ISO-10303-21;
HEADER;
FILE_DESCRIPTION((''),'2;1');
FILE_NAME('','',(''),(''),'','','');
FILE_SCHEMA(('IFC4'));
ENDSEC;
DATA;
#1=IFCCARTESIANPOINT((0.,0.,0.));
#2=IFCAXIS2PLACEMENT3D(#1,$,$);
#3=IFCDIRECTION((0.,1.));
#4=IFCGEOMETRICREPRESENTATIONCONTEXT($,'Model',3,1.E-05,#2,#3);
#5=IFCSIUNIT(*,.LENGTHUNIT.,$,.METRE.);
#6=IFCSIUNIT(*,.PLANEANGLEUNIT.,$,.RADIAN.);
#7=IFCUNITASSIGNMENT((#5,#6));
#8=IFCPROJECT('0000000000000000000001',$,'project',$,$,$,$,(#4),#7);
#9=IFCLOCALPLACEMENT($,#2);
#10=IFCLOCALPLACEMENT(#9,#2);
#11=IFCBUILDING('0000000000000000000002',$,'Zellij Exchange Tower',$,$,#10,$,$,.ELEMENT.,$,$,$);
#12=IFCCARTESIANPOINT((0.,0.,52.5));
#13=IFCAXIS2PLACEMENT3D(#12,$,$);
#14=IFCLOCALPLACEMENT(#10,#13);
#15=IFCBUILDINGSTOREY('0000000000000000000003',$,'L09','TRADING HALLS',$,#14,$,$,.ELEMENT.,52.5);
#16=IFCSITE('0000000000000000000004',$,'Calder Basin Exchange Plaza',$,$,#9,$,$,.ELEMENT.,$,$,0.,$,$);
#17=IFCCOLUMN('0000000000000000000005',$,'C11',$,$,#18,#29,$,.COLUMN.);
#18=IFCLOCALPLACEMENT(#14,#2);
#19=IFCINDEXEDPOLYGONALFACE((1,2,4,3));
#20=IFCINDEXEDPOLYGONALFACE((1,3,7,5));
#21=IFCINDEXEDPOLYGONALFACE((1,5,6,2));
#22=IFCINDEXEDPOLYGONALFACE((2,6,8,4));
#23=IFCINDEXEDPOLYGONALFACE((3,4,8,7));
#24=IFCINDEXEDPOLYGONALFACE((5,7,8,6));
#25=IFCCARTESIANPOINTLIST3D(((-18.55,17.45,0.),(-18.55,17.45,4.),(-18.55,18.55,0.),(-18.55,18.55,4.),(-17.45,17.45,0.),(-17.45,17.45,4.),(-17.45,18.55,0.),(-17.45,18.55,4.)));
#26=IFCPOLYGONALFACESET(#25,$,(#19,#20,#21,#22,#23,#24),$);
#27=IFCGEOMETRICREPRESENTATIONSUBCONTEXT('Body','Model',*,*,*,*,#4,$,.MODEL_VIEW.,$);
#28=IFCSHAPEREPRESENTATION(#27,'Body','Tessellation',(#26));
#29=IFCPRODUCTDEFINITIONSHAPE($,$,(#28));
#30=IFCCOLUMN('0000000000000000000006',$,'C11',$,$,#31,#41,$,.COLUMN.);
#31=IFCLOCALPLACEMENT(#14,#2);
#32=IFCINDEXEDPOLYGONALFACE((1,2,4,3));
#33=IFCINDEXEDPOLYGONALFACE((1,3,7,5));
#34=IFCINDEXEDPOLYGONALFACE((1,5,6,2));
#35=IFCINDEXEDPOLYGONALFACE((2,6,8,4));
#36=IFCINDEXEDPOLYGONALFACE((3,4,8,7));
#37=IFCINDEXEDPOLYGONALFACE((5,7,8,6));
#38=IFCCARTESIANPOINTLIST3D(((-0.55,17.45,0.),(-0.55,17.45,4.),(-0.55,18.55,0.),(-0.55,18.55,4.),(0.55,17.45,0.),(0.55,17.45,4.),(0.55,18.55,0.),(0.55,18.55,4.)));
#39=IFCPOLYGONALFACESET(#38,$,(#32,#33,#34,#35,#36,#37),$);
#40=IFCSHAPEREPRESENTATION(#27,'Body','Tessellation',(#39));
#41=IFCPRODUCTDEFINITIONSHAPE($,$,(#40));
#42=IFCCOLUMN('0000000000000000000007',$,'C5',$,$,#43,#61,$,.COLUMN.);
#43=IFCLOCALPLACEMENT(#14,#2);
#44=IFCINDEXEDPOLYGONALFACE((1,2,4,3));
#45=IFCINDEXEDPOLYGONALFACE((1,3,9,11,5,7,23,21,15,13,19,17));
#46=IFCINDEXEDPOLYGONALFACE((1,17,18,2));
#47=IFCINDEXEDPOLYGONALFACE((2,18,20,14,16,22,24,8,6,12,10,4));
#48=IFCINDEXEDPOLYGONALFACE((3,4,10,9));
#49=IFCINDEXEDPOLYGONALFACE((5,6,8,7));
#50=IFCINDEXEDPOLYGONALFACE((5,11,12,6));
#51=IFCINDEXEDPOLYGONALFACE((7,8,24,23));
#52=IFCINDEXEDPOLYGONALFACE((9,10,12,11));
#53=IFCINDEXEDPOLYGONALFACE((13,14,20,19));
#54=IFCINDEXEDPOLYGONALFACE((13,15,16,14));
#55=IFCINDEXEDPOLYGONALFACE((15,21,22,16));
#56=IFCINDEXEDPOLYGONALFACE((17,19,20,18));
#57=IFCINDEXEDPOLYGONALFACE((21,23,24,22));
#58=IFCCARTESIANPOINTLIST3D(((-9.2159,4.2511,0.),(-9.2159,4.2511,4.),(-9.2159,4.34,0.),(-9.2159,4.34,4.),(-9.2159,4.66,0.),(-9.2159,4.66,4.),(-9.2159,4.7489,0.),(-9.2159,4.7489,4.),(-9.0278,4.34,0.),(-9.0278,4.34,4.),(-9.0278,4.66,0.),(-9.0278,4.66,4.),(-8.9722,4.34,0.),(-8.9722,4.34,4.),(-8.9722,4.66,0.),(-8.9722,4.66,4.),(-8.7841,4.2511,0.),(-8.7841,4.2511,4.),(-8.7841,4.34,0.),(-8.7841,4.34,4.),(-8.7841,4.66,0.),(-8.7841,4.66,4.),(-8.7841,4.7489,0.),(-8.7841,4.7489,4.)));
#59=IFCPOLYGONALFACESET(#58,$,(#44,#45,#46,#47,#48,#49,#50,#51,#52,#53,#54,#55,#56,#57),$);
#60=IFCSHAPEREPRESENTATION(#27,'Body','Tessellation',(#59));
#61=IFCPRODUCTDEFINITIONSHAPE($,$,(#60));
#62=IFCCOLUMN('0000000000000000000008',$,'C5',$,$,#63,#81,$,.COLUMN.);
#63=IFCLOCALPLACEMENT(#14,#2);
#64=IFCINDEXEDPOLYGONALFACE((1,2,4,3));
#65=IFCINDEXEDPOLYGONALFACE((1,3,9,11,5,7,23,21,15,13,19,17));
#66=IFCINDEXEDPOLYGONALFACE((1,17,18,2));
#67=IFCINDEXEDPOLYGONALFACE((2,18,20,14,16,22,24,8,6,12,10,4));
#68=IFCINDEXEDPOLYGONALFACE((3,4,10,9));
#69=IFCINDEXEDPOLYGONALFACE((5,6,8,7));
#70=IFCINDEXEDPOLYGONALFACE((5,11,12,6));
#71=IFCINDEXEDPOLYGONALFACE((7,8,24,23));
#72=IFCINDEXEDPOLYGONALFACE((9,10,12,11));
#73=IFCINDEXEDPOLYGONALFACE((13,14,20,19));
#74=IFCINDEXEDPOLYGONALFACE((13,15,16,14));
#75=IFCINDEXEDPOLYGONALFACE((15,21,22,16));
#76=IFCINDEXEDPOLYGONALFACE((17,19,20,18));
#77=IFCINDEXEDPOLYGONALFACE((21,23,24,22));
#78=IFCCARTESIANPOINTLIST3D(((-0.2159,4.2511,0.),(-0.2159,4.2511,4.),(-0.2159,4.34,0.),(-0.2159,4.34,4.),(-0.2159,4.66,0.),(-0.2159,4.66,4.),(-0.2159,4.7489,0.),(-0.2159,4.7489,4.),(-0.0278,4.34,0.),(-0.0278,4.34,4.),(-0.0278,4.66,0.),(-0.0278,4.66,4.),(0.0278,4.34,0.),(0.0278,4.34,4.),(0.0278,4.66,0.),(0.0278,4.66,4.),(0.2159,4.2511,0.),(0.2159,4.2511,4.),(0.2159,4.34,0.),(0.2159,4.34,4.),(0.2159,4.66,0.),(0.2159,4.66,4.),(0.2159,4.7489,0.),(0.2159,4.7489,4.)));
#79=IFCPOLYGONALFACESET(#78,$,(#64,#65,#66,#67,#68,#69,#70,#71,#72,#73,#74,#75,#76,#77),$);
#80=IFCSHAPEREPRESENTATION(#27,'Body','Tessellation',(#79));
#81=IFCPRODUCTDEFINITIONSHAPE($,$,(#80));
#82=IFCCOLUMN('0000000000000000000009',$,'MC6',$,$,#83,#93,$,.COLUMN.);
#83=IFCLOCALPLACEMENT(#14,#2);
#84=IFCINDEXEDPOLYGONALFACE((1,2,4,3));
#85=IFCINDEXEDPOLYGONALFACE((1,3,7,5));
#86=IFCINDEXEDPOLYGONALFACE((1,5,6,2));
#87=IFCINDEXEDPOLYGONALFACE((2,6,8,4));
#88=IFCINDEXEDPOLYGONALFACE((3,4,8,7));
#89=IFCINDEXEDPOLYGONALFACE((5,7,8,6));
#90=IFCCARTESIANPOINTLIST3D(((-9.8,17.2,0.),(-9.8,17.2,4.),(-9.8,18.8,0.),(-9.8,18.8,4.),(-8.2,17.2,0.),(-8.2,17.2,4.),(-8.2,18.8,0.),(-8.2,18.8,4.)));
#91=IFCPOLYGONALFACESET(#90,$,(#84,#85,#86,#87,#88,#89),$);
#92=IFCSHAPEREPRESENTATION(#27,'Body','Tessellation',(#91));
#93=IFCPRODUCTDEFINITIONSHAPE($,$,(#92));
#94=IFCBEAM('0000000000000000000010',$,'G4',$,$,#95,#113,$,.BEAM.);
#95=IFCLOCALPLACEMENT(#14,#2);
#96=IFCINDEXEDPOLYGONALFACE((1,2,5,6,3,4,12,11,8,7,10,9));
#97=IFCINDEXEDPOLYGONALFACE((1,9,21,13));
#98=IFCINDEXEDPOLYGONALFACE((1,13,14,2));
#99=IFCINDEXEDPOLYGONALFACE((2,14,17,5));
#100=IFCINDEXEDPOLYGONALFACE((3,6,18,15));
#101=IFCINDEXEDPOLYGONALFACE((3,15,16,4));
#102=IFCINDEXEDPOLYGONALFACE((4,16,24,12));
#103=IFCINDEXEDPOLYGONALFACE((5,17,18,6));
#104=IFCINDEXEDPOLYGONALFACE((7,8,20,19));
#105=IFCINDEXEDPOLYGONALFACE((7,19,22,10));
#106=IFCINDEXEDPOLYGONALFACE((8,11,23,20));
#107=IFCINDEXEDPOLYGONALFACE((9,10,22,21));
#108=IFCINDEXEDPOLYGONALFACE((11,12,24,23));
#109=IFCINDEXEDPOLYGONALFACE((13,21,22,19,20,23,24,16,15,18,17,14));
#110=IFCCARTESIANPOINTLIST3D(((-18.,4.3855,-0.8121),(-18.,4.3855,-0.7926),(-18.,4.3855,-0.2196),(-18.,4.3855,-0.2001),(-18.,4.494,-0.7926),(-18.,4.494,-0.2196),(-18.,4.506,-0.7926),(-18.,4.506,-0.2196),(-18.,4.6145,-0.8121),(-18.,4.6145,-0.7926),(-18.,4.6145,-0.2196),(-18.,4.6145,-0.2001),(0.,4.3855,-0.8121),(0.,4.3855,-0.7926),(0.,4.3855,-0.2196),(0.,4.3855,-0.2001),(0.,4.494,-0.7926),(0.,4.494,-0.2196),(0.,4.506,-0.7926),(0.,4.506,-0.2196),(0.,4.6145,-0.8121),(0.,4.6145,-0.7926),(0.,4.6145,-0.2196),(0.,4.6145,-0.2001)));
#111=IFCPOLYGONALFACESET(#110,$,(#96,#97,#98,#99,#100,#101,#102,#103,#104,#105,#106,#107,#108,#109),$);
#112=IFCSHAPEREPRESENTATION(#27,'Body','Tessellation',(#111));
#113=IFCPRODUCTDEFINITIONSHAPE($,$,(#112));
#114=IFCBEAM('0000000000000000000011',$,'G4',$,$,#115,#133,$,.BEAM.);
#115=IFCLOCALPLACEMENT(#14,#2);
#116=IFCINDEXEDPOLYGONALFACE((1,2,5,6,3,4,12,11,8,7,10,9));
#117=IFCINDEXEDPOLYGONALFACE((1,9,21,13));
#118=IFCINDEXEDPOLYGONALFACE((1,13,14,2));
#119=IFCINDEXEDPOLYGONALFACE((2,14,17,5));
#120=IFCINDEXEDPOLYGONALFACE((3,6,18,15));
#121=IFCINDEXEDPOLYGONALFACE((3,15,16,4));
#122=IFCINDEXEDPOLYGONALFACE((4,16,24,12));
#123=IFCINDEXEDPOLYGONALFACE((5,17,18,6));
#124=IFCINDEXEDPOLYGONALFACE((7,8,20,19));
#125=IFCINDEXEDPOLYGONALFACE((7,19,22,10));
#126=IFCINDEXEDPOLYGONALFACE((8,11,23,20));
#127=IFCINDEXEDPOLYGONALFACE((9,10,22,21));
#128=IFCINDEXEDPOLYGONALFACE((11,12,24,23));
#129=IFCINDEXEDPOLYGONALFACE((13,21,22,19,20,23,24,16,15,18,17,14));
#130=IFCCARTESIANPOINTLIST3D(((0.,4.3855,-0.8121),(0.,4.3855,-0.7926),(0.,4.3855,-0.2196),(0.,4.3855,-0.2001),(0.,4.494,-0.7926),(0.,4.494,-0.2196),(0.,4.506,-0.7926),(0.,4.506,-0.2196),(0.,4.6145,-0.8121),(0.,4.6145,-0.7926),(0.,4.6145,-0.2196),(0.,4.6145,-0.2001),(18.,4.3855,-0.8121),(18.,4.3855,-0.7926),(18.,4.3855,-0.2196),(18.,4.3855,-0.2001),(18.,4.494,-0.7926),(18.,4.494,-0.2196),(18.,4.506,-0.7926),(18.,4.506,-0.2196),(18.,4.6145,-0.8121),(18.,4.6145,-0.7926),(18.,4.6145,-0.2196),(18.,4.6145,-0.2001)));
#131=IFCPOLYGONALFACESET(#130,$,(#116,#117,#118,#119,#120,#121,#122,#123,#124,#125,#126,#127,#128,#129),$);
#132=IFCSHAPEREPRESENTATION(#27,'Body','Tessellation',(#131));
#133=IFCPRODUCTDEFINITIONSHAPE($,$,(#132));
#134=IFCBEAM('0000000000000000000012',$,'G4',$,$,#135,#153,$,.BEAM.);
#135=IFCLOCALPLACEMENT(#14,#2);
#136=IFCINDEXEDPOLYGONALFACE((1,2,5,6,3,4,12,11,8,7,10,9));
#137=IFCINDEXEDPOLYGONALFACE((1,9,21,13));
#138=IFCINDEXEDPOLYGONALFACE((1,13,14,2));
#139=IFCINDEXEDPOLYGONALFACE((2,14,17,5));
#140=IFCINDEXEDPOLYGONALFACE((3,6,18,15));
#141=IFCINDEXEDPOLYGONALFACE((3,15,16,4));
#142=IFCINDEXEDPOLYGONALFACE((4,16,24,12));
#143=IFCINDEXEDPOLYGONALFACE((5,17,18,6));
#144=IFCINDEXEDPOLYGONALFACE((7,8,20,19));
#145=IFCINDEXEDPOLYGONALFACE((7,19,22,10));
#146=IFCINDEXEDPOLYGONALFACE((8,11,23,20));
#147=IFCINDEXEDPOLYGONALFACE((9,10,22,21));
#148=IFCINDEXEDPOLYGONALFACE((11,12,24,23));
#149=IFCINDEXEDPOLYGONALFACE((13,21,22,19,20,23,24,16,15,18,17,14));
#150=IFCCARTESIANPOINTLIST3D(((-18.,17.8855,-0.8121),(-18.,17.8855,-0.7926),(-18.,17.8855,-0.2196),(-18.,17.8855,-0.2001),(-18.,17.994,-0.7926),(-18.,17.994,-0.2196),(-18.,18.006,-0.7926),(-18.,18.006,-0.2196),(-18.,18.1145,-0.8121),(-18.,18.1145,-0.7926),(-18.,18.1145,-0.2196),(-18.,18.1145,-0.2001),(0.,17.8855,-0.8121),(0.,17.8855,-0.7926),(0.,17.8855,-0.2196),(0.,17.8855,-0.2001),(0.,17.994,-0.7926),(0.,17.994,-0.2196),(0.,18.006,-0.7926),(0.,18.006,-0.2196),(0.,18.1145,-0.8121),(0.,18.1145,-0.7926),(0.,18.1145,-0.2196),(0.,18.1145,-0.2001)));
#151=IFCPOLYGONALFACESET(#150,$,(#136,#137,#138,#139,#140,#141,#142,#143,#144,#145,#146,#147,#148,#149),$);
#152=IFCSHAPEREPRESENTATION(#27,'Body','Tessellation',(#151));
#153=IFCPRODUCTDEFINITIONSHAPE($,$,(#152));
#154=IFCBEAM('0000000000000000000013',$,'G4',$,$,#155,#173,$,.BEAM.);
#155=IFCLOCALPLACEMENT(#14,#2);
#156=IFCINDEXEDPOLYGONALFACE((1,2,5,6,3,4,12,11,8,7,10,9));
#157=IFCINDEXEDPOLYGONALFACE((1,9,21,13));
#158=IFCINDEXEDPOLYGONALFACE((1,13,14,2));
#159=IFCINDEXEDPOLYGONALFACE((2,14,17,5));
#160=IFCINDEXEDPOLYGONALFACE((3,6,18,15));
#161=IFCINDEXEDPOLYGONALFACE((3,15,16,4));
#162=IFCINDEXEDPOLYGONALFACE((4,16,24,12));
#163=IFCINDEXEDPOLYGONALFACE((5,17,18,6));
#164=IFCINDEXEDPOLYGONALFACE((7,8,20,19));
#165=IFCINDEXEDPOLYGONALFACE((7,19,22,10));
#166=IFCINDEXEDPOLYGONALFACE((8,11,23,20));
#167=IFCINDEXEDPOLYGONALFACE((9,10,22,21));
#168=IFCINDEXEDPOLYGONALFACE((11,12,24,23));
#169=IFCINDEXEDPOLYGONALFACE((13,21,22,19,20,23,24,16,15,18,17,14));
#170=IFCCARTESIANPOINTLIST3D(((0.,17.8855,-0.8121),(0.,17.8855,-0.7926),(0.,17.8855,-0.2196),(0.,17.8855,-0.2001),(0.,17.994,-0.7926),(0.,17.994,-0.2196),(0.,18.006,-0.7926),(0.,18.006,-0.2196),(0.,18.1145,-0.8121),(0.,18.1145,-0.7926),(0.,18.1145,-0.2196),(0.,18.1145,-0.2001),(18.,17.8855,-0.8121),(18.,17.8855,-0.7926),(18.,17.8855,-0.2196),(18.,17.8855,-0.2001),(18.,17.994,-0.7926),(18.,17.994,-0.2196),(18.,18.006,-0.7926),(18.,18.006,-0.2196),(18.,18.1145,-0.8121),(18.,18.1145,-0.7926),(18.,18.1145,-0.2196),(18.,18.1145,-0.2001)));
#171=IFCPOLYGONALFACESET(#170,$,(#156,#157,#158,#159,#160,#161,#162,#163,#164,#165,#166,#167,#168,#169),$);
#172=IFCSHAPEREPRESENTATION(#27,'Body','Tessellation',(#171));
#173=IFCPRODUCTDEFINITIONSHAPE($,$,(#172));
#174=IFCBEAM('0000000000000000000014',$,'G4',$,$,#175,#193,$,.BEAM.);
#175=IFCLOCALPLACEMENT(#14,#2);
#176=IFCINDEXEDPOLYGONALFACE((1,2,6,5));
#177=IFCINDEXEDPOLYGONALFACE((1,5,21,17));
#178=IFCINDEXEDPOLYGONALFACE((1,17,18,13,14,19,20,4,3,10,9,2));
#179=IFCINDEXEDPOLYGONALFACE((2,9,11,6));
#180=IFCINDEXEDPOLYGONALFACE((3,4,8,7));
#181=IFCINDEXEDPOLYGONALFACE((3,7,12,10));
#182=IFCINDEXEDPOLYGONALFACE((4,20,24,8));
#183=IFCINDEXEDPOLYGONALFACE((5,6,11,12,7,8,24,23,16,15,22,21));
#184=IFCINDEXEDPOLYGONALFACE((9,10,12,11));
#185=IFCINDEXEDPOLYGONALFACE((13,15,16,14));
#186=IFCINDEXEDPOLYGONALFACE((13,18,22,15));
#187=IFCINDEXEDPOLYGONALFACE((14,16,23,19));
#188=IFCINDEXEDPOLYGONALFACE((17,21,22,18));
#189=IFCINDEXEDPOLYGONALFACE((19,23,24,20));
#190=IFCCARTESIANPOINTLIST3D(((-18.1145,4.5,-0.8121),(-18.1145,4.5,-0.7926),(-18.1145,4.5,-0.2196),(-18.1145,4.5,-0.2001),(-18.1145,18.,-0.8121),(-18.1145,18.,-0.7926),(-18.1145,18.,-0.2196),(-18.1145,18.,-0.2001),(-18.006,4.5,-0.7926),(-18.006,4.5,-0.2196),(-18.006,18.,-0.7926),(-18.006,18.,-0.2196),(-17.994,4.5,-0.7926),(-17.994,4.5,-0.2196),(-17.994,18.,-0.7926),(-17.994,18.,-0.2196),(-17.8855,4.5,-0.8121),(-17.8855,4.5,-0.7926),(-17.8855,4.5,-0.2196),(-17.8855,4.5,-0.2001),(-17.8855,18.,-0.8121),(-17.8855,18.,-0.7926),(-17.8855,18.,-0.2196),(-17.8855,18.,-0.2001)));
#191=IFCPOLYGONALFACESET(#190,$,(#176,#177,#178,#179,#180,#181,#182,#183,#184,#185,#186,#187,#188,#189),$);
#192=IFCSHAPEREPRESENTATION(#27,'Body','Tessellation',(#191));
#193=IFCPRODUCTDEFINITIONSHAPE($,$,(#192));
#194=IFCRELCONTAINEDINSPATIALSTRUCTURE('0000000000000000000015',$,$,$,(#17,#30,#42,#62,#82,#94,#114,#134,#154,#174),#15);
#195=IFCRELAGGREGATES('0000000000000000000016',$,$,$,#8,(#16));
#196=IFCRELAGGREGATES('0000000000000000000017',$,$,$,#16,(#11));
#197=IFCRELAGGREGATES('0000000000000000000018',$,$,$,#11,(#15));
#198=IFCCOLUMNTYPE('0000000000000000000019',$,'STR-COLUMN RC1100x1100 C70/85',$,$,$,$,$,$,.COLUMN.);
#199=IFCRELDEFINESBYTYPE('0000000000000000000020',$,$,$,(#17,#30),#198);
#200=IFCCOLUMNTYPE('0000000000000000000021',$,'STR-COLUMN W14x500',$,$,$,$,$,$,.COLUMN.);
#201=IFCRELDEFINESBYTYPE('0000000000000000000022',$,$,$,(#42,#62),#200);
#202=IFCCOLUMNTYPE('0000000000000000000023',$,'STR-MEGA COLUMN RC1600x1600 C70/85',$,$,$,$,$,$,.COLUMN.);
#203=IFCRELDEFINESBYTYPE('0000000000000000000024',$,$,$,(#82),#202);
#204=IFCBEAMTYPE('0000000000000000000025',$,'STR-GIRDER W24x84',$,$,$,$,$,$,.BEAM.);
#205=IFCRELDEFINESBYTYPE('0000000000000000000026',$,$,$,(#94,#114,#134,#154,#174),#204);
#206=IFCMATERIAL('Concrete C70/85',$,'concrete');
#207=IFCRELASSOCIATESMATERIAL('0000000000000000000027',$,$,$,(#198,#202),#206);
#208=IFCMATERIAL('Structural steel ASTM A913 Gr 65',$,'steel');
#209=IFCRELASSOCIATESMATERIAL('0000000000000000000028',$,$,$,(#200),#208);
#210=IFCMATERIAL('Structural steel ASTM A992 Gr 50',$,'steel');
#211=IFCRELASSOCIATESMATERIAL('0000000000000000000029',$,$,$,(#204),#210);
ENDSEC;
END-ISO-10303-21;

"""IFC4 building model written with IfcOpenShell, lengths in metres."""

from ifc_helpers import new_model, si_unit, direction, frame, origin, origin_2d, place, context, subcontext, project, spatial, rectangle, i_section, extrude, material, material_profile, profile_set, type_object, element, save


model = new_model("IFC4")

# Units and contexts
model_context = context("Model", 3, precision=1e-05, world=origin(), true_north=direction((0.0, 1.0)))
body_context = subcontext(model_context, "Body", "Model", "MODEL_VIEW")
ifc_project = project(units=[si_unit("LENGTHUNIT", "METRE"), si_unit("PLANEANGLEUNIT", "RADIAN")], contexts=[model_context])

# Site, building, storey
site_placement = place(None, origin())
site = spatial("IfcSite", under=ifc_project, at=site_placement, Name="Calder Basin Exchange Plaza", CompositionType="ELEMENT", RefElevation=0.0)
building_placement = place(site_placement, origin())
building = spatial("IfcBuilding", under=site, at=building_placement, Name="Zellij Exchange Tower", CompositionType="ELEMENT")
storey_placement = place(building_placement, frame((0.0, 0.0, 52.5)))
storey = spatial("IfcBuildingStorey", under=building, at=storey_placement, Name="L09", Description="TRADING HALLS", CompositionType="ELEMENT", Elevation=52.5)

# Columns
ifc_material_1 = material(Name="Concrete C70/85", Category="concrete")
ifc_material_profile_1 = material_profile(ifc_material_1, rectangle(XDim=1.1001, YDim=1.1001, at=origin_2d()), Name="STR-COLUMN RC1100x1100 C70/85")
ifc_profile_set_1 = profile_set([ifc_material_profile_1], Name="Concrete C70/85")
column_type_1 = type_object("IfcColumnType", Name="STR-COLUMN RC1100x1100 C70/85", PredefinedType="COLUMN", material=ifc_profile_set_1)
for number, where, z_axis, x_axis, name in (
    (1, (-18.0, 18.0, 0.0), (0.0, 0.0, 1.0), (1.0, 0.0, 0.0), "C11"),
    (2, (0.0, 18.0, 0.0), (0.0, 0.0, 1.0), (1.0, 0.0, 0.0), "C11"),
):
    element("IfcColumn", number, at=place(storey_placement, frame(where, z_axis=z_axis, x_axis=x_axis)), inside=storey, type_object=column_type_1, Name=name, PredefinedType="COLUMN", context=body_context, shape_type="SweptSolid", body=[
        extrude(rectangle(XDim=1.1001, YDim=1.1001, at=origin_2d()), origin(), (0.0, 0.0, 1.0), 4.0),
    ])
ifc_material_2 = material(Name="Structural steel ASTM A913 Gr 65", Category="steel")
ifc_material_profile_2 = material_profile(ifc_material_2, i_section(OverallWidth=0.4319, OverallDepth=0.4978, WebThickness=0.0557, FlangeThickness=0.0889, at=origin_2d()), Name="W14x500")
ifc_profile_set_2 = profile_set([ifc_material_profile_2], Name="Structural steel ASTM A913 Gr 65")
column_type_2 = type_object("IfcColumnType", Name="STR-COLUMN W14x500", PredefinedType="COLUMN", material=ifc_profile_set_2)
for number, where, z_axis, x_axis, name in (
    (3, (-9.0, 4.5, 0.0), (0.0, 0.0, 1.0), (1.0, 0.0, 0.0), "C5"),
    (4, (0.0, 4.5, 0.0), (0.0, 0.0, 1.0), (1.0, 0.0, 0.0), "C5"),
):
    element("IfcColumn", number, at=place(storey_placement, frame(where, z_axis=z_axis, x_axis=x_axis)), inside=storey, type_object=column_type_2, Name=name, PredefinedType="COLUMN", context=body_context, shape_type="SweptSolid", body=[
        extrude(i_section(OverallWidth=0.4319, OverallDepth=0.4978, WebThickness=0.0557, FlangeThickness=0.0889, at=origin_2d()), origin(), (0.0, 0.0, 1.0), 4.0),
    ])
ifc_material_profile_3 = material_profile(ifc_material_1, rectangle(XDim=1.6001, YDim=1.6001, at=origin_2d()), Name="STR-MEGA COLUMN RC1600x1600 C70/85")
ifc_profile_set_3 = profile_set([ifc_material_profile_3], Name="Concrete C70/85")
column_type_3 = type_object("IfcColumnType", Name="STR-MEGA COLUMN RC1600x1600 C70/85", PredefinedType="COLUMN", material=ifc_profile_set_3)
column_placement = place(storey_placement, frame((-9.0, 18.0, 0.0), z_axis=(0.0, 0.0, 1.0), x_axis=(1.0, 0.0, 0.0)))
element("IfcColumn", 5, at=column_placement, inside=storey, type_object=column_type_3, Name="MC6", PredefinedType="COLUMN", context=body_context, shape_type="SweptSolid", body=[
    extrude(rectangle(XDim=1.6001, YDim=1.6001, at=origin_2d()), origin(), (0.0, 0.0, 1.0), 4.0),
])

# Beams
ifc_material_3 = material(Name="Structural steel ASTM A992 Gr 50", Category="steel")
ifc_material_profile_4 = material_profile(ifc_material_3, i_section(OverallWidth=0.229, OverallDepth=0.6121, WebThickness=0.012, FlangeThickness=0.0195, at=origin_2d()), Name="W24x84")
ifc_profile_set_4 = profile_set([ifc_material_profile_4], Name="Structural steel ASTM A992 Gr 50")
beam_type = type_object("IfcBeamType", Name="STR-GIRDER W24x84", PredefinedType="BEAM", material=ifc_profile_set_4)
for number, where, z_axis, x_axis, name in (
    (6, (-18.0, 4.5, -0.5061), (1.0, 0.0, 0.0), (0.0, 1.0, 0.0), "G4"),
    (7, (0.0, 4.5, -0.5061), (1.0, 0.0, 0.0), (0.0, 1.0, 0.0), "G4"),
    (8, (-18.0, 18.0, -0.5061), (1.0, 0.0, 0.0), (0.0, 1.0, 0.0), "G4"),
    (9, (0.0, 18.0, -0.5061), (1.0, 0.0, 0.0), (0.0, 1.0, 0.0), "G4"),
):
    element("IfcBeam", number, at=place(storey_placement, frame(where, z_axis=z_axis, x_axis=x_axis)), inside=storey, type_object=beam_type, Name=name, PredefinedType="BEAM", context=body_context, shape_type="SweptSolid", body=[
        extrude(i_section(OverallWidth=0.229, OverallDepth=0.6121, WebThickness=0.012, FlangeThickness=0.0195, at=origin_2d()), origin(), (0.0, 0.0, 1.0), 18.0),
    ])
for number, where, z_axis, x_axis, name in (
    (10, (-18.0, 4.5, -0.5061), (0.0, 1.0, 0.0), (-1.0, 0.0, 0.0), "G4"),
):
    element("IfcBeam", number, at=place(storey_placement, frame(where, z_axis=z_axis, x_axis=x_axis)), inside=storey, type_object=beam_type, Name=name, PredefinedType="BEAM", context=body_context, shape_type="SweptSolid", body=[
        extrude(i_section(OverallWidth=0.229, OverallDepth=0.6121, WebThickness=0.012, FlangeThickness=0.0195, at=origin_2d()), origin(), (0.0, 0.0, 1.0), 13.5),
    ])

save(model, "model.ifc")
